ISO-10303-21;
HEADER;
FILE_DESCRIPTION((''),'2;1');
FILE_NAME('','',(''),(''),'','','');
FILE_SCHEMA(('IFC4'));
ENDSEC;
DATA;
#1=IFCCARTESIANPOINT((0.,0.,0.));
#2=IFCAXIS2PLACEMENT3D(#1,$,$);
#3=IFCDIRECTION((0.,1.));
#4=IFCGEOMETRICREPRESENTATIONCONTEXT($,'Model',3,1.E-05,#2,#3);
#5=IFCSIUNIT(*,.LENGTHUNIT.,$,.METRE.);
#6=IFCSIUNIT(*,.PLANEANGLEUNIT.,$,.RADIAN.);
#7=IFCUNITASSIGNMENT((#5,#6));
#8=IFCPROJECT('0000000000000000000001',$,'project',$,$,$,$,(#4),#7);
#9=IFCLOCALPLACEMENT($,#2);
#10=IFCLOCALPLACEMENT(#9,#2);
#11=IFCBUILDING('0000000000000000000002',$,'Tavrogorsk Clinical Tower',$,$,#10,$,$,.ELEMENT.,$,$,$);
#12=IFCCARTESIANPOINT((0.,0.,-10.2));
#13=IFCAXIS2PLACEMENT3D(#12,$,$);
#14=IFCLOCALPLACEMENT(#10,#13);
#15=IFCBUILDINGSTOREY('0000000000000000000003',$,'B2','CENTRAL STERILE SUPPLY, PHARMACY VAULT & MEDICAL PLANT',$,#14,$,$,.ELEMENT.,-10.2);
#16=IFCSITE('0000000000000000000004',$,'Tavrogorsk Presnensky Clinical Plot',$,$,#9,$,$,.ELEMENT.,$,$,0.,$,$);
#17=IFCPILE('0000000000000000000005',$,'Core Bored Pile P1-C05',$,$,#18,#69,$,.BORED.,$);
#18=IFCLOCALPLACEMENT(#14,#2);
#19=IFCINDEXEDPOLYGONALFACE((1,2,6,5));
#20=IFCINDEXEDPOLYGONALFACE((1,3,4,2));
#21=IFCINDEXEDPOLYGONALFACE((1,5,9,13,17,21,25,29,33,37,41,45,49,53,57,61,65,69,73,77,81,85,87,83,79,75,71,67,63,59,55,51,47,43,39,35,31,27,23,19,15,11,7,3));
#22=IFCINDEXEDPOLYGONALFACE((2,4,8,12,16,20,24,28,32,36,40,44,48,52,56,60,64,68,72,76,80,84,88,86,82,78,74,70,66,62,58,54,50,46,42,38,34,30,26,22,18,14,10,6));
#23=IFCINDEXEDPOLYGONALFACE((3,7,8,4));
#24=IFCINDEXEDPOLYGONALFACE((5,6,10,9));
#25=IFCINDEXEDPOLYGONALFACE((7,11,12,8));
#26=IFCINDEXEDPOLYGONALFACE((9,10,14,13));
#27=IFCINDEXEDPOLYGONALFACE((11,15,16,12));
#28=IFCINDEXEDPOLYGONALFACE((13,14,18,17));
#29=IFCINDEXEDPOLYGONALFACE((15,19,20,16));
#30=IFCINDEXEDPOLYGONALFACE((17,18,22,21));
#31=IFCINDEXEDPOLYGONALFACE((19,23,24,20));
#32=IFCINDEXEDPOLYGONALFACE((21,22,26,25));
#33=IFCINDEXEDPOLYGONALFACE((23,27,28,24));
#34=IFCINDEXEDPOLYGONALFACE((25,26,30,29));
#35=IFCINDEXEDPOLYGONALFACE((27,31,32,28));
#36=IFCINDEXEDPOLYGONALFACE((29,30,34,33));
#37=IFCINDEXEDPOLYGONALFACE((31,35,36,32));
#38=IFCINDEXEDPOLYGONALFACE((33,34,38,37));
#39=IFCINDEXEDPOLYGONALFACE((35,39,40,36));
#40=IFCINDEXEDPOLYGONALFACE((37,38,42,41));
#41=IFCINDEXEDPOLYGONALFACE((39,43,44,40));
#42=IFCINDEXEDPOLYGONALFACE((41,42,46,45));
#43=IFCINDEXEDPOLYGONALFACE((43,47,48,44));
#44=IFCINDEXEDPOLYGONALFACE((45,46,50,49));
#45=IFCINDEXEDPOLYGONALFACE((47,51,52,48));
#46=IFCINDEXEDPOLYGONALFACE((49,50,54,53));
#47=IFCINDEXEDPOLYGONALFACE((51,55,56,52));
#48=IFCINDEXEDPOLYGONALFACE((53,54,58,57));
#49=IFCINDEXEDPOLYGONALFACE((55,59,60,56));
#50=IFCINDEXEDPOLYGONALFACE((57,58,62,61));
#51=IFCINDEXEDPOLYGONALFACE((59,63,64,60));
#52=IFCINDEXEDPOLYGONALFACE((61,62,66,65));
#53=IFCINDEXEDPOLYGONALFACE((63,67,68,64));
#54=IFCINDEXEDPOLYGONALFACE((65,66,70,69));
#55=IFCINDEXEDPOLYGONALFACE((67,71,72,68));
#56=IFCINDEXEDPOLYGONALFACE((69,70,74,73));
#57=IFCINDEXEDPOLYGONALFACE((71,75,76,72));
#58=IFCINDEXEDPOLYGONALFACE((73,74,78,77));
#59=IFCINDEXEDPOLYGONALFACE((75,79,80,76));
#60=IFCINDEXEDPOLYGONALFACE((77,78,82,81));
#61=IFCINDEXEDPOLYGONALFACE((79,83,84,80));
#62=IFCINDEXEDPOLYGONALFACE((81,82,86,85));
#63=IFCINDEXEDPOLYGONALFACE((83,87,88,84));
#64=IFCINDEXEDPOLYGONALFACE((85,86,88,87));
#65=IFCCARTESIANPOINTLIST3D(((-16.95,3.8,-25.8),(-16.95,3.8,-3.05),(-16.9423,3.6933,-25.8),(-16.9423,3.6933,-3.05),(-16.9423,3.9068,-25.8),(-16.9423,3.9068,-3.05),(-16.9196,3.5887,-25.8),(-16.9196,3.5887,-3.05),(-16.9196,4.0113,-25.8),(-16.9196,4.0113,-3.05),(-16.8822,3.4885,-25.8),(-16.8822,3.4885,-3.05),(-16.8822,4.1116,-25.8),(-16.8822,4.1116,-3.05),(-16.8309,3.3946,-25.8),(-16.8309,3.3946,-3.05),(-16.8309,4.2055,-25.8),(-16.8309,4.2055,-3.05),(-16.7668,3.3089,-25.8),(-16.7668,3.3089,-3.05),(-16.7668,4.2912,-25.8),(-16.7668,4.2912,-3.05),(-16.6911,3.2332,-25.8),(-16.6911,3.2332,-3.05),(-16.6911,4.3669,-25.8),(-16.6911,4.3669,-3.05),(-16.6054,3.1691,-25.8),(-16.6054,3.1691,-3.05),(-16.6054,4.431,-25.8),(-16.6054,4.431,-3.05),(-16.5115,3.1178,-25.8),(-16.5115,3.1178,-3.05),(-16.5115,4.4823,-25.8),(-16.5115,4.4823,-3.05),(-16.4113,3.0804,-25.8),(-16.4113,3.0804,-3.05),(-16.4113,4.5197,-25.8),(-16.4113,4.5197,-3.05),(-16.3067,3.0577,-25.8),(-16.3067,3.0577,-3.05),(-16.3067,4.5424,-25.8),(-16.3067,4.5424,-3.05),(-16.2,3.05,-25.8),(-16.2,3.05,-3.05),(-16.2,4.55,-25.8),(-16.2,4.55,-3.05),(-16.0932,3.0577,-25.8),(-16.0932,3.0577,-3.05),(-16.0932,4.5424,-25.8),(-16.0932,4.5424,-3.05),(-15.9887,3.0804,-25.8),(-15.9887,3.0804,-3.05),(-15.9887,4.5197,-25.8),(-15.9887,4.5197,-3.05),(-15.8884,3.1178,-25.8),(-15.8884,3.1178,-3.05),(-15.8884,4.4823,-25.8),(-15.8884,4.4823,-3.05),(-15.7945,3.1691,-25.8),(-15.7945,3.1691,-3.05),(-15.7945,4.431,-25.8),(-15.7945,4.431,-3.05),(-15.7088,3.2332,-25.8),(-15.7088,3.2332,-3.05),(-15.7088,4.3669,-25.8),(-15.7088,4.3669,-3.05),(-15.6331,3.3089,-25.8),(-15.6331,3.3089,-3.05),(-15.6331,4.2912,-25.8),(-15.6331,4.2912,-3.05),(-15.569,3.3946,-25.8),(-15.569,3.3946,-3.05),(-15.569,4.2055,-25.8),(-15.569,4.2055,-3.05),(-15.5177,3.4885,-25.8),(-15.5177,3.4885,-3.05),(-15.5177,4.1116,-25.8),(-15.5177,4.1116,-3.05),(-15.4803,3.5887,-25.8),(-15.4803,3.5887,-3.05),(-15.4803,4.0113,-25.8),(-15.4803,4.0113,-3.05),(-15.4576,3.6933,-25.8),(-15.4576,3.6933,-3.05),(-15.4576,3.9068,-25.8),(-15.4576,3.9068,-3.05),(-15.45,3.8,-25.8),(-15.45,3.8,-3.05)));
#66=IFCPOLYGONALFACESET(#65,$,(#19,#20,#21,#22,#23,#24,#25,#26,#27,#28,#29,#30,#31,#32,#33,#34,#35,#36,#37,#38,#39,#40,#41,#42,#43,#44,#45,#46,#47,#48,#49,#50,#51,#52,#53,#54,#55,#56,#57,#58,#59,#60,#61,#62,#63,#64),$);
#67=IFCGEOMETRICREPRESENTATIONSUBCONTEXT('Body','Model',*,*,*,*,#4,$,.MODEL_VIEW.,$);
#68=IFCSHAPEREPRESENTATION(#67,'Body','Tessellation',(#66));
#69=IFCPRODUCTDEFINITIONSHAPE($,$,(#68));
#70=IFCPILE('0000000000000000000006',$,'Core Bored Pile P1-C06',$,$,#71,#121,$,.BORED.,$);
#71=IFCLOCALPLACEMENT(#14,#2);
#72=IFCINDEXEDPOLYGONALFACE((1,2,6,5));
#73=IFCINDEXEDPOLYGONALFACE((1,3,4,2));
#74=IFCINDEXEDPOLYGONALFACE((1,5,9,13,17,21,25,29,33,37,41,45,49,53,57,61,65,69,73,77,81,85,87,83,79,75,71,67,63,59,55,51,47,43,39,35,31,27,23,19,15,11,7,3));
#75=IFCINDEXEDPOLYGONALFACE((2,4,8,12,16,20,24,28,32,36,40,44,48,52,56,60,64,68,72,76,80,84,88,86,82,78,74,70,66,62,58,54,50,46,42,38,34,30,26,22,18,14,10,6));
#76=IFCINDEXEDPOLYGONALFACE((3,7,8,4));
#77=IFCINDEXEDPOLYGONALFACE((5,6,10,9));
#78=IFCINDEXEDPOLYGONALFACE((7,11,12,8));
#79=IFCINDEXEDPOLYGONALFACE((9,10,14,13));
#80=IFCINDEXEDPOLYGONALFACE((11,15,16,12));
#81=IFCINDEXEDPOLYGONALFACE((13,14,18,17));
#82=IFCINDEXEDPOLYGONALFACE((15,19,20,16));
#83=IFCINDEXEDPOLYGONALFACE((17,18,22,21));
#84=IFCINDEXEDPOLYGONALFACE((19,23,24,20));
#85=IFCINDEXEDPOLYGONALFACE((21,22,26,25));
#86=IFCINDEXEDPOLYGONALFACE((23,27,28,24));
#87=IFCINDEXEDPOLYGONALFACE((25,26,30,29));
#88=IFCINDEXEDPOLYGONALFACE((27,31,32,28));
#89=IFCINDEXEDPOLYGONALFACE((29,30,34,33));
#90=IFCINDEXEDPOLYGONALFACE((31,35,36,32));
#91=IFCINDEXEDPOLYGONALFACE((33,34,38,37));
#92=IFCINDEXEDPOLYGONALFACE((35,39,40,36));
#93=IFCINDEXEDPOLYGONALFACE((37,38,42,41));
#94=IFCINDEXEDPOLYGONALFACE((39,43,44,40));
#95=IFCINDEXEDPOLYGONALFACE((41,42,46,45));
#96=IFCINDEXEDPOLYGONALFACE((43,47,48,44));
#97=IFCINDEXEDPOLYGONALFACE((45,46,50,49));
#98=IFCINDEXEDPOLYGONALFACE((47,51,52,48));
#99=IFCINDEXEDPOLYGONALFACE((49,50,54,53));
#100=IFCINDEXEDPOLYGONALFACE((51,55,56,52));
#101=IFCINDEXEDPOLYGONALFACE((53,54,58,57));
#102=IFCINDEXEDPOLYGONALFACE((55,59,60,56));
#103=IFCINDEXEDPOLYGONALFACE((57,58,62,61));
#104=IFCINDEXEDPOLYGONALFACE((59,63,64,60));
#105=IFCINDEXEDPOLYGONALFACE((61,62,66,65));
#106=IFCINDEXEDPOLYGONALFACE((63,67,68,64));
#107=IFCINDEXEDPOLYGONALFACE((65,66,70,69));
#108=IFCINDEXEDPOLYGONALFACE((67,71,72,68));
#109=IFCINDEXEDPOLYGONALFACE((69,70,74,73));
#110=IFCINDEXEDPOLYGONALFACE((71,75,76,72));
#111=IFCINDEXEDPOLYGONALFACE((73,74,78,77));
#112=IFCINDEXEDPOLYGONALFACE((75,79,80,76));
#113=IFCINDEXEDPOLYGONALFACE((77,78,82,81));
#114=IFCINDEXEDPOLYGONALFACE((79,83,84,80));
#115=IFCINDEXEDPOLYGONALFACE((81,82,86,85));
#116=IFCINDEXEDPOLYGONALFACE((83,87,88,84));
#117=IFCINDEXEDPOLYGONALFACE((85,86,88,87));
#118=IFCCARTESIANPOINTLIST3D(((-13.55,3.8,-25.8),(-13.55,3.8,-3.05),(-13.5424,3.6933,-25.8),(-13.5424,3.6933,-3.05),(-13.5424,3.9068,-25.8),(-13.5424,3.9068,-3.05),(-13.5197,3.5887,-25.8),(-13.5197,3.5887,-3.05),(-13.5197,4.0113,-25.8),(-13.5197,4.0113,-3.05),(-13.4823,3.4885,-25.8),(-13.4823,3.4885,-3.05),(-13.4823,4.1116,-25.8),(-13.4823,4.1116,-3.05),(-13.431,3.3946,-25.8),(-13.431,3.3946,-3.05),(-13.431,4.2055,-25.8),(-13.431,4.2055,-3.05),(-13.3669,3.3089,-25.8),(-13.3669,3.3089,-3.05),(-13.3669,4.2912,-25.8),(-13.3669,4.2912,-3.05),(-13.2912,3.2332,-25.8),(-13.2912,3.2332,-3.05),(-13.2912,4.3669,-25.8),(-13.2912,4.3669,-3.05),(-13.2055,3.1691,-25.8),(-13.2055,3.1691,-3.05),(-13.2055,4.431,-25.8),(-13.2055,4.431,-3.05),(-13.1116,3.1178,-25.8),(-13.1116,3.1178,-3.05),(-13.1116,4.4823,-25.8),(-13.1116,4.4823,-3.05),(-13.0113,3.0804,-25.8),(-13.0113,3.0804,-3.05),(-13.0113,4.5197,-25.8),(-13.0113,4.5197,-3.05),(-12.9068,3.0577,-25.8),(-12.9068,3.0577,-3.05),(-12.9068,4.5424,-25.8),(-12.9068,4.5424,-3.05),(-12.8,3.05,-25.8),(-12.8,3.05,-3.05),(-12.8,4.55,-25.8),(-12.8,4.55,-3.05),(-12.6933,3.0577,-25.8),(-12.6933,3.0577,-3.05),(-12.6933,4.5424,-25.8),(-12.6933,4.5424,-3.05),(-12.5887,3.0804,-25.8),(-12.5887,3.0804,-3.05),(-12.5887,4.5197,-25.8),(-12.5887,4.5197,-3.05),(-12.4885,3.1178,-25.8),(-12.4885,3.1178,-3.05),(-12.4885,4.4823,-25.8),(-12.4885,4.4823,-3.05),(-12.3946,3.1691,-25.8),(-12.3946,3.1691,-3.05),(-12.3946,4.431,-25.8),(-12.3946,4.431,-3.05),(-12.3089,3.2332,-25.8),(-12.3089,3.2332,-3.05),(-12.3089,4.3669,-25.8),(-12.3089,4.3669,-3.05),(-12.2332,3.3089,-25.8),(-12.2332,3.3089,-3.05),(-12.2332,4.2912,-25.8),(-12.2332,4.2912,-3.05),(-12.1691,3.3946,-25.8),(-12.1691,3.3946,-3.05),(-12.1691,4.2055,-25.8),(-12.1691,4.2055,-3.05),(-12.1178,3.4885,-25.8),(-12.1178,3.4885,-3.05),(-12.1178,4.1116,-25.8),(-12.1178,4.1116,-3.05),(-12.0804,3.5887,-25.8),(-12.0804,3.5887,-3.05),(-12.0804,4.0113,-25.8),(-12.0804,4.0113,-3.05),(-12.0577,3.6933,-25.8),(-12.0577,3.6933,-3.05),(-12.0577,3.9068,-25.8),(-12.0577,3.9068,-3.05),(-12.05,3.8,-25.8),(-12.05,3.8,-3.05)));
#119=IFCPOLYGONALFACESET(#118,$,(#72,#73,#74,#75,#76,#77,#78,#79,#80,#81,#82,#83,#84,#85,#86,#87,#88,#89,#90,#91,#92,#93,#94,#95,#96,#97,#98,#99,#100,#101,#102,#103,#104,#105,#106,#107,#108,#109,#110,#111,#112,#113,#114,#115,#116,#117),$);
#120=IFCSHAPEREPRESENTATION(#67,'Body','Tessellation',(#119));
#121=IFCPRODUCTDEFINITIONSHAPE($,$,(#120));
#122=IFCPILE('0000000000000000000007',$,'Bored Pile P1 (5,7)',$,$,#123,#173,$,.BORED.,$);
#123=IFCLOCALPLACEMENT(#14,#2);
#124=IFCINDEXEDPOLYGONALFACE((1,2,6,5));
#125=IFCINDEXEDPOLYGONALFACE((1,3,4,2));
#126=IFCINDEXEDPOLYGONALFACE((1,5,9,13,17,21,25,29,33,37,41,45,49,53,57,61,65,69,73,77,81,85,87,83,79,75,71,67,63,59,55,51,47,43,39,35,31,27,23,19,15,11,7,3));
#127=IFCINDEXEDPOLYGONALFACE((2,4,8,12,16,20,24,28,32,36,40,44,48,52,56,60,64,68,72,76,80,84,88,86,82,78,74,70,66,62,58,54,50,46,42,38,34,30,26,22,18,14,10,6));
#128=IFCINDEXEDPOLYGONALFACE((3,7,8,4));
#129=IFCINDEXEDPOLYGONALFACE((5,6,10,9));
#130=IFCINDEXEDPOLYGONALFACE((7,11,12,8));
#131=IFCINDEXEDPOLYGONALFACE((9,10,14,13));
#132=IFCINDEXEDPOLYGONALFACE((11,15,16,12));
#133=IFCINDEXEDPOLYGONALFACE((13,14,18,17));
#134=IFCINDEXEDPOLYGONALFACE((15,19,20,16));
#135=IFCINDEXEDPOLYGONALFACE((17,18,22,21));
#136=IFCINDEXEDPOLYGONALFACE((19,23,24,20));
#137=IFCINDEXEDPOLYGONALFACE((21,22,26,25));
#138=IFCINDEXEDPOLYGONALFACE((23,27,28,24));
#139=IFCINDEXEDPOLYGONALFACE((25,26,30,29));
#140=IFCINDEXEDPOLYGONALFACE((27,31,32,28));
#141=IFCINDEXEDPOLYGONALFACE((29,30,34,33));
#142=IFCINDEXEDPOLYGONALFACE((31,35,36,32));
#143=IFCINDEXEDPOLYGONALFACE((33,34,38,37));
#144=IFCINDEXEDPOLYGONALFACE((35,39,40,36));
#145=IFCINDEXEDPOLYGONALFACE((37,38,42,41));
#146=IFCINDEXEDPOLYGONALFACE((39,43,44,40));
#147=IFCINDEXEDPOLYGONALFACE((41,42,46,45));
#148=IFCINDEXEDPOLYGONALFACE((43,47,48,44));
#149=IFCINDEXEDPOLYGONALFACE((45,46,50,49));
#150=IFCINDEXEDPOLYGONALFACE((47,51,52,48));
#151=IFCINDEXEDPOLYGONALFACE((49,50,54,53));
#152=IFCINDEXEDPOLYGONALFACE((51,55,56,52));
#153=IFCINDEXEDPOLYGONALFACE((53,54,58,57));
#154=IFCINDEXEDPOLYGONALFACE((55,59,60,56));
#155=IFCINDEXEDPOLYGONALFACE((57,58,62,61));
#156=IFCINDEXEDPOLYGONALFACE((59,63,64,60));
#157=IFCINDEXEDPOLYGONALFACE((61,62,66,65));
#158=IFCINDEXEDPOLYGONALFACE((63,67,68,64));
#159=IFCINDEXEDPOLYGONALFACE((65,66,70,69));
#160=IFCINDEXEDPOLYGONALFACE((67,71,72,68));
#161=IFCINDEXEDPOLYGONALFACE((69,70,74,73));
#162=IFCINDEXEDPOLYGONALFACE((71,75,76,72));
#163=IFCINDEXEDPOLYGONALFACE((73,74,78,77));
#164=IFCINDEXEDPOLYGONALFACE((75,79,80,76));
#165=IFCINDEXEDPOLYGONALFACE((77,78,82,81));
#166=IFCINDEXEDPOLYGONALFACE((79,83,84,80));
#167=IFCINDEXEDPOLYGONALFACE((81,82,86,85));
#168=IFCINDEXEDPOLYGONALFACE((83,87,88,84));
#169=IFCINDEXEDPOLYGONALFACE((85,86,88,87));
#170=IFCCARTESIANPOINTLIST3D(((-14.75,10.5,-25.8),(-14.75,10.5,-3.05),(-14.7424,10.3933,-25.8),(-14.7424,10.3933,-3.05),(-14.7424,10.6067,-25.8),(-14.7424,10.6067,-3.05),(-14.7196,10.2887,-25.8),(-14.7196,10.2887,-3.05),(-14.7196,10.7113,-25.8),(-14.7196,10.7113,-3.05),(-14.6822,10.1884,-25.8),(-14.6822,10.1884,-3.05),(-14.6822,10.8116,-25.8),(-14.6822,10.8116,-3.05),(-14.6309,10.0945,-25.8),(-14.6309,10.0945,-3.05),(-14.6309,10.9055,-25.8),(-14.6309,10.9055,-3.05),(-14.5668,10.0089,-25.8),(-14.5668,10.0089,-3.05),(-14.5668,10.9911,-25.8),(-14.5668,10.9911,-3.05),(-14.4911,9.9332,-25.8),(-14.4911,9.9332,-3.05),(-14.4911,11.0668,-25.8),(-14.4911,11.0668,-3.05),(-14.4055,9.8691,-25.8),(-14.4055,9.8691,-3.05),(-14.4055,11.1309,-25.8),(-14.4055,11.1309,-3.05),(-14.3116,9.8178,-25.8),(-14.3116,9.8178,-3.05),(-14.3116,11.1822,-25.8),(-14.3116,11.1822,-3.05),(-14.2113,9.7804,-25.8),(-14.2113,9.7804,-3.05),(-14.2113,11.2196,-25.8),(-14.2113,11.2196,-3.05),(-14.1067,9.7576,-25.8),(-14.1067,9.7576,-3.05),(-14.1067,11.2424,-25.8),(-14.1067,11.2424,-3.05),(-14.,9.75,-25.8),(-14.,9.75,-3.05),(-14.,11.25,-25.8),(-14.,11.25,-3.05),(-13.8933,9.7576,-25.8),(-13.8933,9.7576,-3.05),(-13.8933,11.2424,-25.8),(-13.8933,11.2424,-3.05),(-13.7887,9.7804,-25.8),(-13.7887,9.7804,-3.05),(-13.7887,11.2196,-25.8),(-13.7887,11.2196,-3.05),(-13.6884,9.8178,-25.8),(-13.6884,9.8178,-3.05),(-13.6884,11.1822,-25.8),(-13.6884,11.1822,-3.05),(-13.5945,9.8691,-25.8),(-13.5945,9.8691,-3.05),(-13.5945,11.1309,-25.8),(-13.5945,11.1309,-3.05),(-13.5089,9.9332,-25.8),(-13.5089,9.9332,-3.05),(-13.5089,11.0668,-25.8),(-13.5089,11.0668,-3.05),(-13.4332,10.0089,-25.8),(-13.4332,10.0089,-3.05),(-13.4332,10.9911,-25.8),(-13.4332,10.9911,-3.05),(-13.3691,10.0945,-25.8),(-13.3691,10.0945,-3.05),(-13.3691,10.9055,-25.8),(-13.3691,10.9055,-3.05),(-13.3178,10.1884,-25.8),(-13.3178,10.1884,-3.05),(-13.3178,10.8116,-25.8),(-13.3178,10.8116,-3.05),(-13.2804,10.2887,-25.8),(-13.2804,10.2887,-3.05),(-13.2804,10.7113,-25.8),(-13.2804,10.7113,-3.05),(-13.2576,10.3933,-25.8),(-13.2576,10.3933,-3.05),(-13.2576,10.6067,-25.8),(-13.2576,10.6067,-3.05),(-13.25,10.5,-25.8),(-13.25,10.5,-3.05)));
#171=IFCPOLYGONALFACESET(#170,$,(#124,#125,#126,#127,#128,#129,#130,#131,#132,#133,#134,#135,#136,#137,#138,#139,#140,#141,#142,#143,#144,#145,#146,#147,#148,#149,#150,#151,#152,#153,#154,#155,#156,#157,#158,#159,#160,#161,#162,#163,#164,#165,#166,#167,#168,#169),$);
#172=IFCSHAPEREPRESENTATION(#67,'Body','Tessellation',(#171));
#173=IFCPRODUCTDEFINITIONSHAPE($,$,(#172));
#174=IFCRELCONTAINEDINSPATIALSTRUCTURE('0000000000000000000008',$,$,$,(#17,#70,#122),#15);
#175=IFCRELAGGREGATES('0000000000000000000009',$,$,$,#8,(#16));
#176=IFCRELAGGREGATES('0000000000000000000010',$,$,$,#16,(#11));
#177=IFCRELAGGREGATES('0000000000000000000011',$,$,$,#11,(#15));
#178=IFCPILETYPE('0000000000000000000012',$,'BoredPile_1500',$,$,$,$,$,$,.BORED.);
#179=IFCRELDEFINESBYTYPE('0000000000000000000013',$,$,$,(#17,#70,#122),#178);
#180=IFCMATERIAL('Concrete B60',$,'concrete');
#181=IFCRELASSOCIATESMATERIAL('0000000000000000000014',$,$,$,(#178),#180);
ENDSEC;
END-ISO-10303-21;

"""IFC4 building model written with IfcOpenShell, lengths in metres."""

from ifc_helpers import new_model, si_unit, direction, frame, origin, origin_2d, place, context, subcontext, project, spatial, circle, extrude, material, material_profile, profile_set, type_object, element, save


model = new_model("IFC4")

# Units and contexts
model_context = context("Model", 3, precision=1e-05, world=origin(), true_north=direction((0.0, 1.0)))
body_context = subcontext(model_context, "Body", "Model", "MODEL_VIEW")
ifc_project = project(units=[si_unit("LENGTHUNIT", "METRE"), si_unit("PLANEANGLEUNIT", "RADIAN")], contexts=[model_context])

# Site, building, storey
site_placement = place(None, origin())
site = spatial("IfcSite", under=ifc_project, at=site_placement, Name="Tavrogorsk Presnensky Clinical Plot", CompositionType="ELEMENT", RefElevation=0.0)
building_placement = place(site_placement, origin())
building = spatial("IfcBuilding", under=site, at=building_placement, Name="Tavrogorsk Clinical Tower", CompositionType="ELEMENT")
storey_placement = place(building_placement, frame((0.0, 0.0, -10.2)))
storey = spatial("IfcBuildingStorey", under=building, at=storey_placement, Name="B2", Description="CENTRAL STERILE SUPPLY, PHARMACY VAULT & MEDICAL PLANT", CompositionType="ELEMENT", Elevation=-10.2)

# Piles
ifc_material_1 = material(Name="Concrete B60", Category="concrete")
ifc_material_profile_1 = material_profile(ifc_material_1, circle(Radius=0.75, at=origin_2d()), Name="BORED-PILE-1500")
ifc_profile_set_1 = profile_set([ifc_material_profile_1], Name="Concrete B60")
pile_type_1 = type_object("IfcPileType", Name="BoredPile_1500", PredefinedType="BORED", material=ifc_profile_set_1)
for number, where, z_axis, x_axis, name in (
    (1, (-16.2, 3.8, -3.05), (0.0, 0.0, -1.0), (1.0, 0.0, 0.0), "Core Bored Pile P1-C05"),
    (2, (-12.8, 3.8, -3.05), (0.0, 0.0, -1.0), (1.0, 0.0, 0.0), "Core Bored Pile P1-C06"),
    (3, (-14.0, 10.5, -3.05), (0.0, 0.0, -1.0), (1.0, 0.0, 0.0), "Bored Pile P1 (5,7)"),
):
    element("IfcPile", number, at=place(storey_placement, frame(where, z_axis=z_axis, x_axis=x_axis)), inside=storey, type_object=pile_type_1, Name=name, PredefinedType="BORED", context=body_context, shape_type="SweptSolid", body=[
        extrude(circle(Radius=0.75, at=origin_2d()), origin(), (0.0, 0.0, 1.0), 22.75),
    ])

save(model, "model.ifc")
